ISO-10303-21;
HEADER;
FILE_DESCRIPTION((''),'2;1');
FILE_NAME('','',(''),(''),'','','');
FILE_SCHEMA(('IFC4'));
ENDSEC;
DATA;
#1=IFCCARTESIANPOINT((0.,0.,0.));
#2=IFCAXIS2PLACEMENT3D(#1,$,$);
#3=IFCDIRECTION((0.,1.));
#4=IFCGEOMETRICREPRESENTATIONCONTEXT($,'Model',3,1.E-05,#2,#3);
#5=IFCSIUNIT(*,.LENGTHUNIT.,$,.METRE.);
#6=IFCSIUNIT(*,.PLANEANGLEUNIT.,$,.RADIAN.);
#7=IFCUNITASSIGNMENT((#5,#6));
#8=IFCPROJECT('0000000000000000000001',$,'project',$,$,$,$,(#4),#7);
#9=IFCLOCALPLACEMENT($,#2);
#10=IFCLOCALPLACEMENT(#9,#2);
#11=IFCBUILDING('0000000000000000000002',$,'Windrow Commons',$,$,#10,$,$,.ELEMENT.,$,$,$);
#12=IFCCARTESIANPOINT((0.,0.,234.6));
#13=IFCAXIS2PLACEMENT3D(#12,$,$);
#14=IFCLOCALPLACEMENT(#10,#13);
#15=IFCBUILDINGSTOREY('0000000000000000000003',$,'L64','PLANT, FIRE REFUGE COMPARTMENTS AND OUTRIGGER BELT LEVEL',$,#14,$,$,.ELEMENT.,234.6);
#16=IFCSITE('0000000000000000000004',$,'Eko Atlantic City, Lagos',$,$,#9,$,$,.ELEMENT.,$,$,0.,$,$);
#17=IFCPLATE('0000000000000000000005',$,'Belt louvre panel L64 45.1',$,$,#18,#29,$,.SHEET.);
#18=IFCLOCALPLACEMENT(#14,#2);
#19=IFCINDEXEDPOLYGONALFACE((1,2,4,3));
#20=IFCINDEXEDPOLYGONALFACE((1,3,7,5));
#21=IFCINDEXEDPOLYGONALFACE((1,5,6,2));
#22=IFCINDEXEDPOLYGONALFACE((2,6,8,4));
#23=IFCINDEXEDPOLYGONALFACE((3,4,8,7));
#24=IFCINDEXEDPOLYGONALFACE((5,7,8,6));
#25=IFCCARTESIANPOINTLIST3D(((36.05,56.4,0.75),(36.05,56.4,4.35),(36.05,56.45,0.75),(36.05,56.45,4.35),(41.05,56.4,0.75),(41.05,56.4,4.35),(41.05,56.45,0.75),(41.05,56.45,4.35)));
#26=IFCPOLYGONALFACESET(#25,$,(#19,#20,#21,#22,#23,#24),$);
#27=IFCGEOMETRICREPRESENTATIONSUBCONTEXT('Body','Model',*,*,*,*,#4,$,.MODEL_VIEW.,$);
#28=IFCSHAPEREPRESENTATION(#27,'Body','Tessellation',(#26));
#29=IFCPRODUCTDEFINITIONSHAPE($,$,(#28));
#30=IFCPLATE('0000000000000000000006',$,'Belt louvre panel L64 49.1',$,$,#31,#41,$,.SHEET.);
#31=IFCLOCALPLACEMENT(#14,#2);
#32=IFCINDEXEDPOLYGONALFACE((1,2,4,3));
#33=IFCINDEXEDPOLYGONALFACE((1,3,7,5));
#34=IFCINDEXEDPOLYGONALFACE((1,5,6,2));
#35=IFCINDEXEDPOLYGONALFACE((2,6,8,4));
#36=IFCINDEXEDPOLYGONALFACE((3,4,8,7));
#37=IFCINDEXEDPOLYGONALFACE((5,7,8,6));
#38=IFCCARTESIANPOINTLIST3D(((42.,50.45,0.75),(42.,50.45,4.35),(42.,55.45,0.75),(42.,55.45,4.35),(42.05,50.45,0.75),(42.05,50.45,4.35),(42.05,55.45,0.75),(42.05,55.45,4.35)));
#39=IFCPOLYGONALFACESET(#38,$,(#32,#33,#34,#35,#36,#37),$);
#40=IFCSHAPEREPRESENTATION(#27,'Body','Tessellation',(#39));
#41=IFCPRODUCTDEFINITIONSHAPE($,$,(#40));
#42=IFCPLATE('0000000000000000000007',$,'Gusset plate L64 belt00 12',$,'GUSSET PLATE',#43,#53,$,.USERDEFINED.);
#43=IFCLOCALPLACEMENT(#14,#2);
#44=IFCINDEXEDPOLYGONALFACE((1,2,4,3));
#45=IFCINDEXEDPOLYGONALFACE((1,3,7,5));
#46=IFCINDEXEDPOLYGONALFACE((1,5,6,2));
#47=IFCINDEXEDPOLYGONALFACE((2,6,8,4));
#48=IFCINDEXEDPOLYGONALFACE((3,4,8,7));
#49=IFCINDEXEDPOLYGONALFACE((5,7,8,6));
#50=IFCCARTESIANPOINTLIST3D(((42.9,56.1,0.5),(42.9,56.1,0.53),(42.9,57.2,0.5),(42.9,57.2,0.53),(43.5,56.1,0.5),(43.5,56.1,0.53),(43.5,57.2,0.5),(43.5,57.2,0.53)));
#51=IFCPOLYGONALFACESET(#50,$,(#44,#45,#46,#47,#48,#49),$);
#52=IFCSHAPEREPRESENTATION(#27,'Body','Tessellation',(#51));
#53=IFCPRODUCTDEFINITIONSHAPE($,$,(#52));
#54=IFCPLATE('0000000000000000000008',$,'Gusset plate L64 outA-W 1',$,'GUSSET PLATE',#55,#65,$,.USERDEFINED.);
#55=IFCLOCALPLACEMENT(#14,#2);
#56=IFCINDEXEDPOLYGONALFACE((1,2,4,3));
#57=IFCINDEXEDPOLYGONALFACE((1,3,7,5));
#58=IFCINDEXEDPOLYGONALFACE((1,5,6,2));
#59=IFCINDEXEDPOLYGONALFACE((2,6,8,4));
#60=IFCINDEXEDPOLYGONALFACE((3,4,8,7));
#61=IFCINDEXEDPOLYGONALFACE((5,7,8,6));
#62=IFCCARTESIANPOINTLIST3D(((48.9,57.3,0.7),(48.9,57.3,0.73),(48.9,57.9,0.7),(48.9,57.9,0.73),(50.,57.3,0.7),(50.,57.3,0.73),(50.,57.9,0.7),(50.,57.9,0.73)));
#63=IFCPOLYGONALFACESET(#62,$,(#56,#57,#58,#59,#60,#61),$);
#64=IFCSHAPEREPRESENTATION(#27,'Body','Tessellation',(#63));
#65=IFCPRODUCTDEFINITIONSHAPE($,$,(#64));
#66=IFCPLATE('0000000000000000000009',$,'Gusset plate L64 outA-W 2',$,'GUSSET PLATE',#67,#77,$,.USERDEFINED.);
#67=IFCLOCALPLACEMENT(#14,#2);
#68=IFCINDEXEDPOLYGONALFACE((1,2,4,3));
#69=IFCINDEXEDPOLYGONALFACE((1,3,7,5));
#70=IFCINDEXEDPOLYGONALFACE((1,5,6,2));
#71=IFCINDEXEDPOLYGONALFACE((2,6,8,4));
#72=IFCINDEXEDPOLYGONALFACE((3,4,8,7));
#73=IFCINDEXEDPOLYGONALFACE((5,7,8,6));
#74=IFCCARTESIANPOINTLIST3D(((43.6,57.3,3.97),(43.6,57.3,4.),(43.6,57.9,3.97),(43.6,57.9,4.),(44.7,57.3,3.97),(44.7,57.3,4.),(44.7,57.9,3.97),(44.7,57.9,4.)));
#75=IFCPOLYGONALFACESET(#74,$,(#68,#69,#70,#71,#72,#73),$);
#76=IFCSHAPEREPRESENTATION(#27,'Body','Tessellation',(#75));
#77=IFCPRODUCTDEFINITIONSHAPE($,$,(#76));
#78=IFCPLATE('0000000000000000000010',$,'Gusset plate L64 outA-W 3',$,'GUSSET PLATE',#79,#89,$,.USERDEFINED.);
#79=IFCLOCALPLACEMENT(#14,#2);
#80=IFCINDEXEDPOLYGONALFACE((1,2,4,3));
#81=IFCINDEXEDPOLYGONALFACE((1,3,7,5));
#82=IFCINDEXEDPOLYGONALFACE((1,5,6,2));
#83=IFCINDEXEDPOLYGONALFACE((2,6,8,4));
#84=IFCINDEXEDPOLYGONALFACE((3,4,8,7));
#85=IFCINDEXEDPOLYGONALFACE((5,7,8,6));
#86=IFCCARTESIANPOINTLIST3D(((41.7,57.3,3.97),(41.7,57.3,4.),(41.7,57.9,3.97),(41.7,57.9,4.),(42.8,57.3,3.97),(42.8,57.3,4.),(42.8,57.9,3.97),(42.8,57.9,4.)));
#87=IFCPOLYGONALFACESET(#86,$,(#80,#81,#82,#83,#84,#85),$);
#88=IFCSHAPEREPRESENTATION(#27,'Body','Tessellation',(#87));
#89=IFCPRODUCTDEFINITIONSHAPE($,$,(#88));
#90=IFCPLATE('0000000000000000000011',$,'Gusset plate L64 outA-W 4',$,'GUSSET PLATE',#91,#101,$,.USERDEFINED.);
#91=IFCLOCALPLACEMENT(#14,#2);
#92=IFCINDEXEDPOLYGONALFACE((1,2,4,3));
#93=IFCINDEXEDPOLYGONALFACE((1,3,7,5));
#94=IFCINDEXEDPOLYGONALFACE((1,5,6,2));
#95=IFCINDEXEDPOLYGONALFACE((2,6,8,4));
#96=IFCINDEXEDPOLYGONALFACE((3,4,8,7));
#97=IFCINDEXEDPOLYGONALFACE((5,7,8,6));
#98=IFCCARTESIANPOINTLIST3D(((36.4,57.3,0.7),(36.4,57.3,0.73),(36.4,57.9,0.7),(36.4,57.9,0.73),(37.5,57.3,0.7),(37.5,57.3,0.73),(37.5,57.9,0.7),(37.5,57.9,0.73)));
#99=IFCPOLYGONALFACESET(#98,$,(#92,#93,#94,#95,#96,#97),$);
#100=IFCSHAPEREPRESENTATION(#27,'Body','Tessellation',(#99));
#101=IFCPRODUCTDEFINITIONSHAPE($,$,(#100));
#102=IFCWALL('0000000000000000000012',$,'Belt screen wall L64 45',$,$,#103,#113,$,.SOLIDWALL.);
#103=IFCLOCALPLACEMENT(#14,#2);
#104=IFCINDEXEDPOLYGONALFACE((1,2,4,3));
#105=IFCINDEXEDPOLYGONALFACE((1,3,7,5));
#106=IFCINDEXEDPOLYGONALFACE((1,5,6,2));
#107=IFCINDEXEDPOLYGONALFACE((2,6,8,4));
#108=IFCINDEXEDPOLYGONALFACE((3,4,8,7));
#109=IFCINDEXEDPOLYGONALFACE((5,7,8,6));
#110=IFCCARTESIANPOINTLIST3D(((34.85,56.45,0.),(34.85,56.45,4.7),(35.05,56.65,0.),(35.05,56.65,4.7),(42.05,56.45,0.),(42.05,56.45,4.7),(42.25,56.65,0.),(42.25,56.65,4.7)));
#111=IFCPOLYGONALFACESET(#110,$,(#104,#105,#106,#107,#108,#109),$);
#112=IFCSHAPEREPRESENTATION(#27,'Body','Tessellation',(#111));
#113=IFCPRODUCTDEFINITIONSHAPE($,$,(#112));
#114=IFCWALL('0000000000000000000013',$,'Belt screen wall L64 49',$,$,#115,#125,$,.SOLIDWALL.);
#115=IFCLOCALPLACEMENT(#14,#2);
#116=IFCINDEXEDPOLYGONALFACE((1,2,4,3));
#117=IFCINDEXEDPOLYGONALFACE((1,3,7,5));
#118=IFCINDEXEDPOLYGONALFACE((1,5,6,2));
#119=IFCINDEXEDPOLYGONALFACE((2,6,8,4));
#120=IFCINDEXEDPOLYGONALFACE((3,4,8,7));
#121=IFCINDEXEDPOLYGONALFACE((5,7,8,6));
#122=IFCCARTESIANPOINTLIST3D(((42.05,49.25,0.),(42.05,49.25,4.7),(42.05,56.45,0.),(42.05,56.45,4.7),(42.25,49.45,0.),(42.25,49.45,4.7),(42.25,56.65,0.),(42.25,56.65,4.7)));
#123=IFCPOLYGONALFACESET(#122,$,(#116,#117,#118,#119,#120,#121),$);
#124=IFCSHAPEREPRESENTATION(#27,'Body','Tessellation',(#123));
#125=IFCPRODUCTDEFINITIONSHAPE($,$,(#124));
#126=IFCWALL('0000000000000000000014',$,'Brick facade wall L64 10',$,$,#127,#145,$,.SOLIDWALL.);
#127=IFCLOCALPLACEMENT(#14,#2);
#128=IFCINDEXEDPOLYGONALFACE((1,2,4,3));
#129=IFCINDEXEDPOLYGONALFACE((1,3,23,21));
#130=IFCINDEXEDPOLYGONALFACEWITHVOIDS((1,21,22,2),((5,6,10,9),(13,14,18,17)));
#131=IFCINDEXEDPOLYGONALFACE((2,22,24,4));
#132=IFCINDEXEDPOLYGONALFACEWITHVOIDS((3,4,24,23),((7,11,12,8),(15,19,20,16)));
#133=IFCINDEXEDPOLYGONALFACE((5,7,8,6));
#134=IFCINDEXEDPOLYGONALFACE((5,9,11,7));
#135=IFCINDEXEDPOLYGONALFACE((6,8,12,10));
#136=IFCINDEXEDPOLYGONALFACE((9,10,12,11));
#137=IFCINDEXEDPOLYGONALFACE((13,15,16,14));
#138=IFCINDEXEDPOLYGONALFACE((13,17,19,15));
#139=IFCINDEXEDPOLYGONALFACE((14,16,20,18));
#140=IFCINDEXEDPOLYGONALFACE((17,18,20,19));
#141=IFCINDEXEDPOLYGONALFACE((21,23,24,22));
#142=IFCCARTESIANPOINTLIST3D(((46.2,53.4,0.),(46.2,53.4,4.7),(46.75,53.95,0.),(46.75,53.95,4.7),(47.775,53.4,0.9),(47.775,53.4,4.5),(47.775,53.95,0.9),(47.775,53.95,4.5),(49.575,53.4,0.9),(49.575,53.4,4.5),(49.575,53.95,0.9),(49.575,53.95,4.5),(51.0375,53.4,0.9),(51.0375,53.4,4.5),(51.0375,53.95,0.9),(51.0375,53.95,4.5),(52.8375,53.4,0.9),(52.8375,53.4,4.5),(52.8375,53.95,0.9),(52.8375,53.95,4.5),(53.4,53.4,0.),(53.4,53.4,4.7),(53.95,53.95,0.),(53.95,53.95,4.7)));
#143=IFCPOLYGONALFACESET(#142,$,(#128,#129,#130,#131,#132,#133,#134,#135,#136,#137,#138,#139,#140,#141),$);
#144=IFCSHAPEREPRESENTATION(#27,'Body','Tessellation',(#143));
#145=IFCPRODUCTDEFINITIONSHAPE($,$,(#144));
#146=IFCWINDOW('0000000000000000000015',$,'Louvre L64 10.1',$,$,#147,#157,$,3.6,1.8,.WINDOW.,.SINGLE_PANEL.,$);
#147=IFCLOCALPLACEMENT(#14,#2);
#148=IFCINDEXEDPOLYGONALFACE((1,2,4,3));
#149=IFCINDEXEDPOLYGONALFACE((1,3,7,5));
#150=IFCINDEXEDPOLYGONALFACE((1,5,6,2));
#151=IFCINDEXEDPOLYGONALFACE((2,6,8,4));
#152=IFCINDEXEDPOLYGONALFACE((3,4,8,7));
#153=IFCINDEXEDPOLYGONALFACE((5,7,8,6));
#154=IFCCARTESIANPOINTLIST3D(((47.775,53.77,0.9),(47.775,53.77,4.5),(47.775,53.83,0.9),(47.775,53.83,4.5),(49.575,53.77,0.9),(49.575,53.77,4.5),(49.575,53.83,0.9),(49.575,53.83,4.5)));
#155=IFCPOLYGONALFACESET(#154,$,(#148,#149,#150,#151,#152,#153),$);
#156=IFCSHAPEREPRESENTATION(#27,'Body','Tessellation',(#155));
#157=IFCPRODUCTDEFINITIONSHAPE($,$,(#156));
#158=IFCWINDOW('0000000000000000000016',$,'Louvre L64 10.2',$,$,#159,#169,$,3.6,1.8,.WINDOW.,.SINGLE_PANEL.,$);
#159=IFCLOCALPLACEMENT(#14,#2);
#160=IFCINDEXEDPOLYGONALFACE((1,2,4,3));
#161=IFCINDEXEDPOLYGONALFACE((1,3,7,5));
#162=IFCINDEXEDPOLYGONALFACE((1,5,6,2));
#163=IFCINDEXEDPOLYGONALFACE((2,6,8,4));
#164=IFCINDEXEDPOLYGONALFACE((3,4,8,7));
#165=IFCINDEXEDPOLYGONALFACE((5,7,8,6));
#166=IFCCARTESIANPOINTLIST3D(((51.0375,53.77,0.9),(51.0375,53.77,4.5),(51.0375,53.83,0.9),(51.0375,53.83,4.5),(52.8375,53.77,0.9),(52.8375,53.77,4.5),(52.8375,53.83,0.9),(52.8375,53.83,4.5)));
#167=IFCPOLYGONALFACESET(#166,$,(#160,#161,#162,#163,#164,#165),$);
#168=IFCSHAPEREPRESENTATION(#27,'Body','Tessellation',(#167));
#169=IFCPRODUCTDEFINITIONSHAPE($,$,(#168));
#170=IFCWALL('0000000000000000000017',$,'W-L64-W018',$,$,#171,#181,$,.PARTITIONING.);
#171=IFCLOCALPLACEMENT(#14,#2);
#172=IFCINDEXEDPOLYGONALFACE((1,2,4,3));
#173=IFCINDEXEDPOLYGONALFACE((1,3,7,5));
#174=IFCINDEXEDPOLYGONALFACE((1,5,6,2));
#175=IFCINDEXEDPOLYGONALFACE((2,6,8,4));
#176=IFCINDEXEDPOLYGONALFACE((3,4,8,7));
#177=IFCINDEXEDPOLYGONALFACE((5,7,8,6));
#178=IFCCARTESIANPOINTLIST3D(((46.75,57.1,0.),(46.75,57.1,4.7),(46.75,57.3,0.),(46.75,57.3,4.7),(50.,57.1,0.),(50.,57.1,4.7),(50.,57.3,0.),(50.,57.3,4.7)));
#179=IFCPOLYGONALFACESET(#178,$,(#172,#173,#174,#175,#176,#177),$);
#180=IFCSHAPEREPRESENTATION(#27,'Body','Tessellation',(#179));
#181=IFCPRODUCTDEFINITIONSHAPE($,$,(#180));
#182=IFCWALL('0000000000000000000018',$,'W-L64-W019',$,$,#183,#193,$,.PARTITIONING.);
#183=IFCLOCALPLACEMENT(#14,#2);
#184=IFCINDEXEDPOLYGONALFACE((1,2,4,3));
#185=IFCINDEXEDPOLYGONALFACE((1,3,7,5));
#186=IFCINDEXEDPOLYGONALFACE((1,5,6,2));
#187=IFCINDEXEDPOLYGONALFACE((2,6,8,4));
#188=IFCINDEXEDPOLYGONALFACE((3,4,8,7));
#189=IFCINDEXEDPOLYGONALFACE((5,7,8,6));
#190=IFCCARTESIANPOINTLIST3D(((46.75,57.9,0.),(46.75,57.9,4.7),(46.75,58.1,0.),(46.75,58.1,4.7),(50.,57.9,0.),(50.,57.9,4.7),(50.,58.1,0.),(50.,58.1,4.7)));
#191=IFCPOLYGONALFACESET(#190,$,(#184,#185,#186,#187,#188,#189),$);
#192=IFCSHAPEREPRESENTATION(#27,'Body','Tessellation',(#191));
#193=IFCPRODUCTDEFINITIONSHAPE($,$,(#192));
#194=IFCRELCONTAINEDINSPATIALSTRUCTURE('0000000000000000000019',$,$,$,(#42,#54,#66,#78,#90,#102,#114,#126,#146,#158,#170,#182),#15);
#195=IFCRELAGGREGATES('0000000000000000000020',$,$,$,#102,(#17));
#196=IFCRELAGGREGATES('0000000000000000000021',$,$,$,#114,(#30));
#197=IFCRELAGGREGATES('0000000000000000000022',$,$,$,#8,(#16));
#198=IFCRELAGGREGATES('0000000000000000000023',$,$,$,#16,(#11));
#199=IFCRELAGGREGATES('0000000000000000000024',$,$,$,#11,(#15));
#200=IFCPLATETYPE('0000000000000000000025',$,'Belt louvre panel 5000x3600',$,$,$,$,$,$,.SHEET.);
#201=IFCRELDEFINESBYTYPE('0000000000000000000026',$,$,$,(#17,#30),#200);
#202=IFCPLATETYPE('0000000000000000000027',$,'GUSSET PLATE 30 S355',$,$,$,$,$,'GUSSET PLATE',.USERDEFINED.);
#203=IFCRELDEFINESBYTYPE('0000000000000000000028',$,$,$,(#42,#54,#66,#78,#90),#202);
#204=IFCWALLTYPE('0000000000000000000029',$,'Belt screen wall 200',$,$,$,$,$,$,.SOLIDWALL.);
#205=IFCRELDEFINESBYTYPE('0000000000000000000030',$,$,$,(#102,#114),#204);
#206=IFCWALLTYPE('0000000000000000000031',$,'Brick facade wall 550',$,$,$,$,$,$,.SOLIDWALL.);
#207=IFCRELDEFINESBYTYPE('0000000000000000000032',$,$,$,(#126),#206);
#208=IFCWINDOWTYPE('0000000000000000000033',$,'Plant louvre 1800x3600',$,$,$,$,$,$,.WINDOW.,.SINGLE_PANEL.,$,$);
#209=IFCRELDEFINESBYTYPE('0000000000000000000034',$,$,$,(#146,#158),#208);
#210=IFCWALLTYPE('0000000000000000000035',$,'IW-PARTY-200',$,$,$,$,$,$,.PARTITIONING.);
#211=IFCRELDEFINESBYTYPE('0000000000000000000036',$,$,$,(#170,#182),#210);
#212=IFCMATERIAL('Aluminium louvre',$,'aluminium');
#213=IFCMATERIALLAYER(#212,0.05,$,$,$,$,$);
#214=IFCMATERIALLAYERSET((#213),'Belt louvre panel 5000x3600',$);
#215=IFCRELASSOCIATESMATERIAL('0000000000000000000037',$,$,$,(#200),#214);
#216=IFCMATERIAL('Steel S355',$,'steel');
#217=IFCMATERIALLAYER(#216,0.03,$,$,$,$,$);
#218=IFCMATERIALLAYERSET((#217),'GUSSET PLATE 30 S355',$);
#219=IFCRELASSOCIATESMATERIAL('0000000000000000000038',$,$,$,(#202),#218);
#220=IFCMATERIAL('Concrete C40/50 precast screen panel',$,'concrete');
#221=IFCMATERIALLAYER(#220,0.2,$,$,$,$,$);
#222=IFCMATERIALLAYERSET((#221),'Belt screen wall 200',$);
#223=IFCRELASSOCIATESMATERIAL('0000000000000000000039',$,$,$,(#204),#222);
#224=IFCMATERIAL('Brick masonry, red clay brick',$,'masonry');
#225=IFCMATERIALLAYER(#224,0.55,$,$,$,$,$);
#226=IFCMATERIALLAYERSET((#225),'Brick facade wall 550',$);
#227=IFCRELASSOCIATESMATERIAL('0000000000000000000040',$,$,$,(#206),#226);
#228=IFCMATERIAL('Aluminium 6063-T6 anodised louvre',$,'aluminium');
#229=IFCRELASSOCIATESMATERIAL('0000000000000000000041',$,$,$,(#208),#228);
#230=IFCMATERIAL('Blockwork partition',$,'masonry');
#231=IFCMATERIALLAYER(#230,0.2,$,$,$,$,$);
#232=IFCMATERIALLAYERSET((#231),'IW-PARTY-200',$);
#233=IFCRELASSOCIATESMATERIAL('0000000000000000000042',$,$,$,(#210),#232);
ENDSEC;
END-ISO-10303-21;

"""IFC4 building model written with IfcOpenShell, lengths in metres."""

from ifc_helpers import new_model, si_unit, direction, frame, frame_2d, origin, origin_2d, place, context, subcontext, project, spatial, polyline, rectangle, outline, extrude, material, layer, layer_set, type_object, element, fill, aggregate, save


model = new_model("IFC4")

# Units and contexts
model_context = context("Model", 3, precision=1e-05, world=origin(), true_north=direction((0.0, 1.0)))
body_context = subcontext(model_context, "Body", "Model", "MODEL_VIEW")
ifc_project = project(units=[si_unit("LENGTHUNIT", "METRE"), si_unit("PLANEANGLEUNIT", "RADIAN")], contexts=[model_context])

# Site, building, storey
site_placement = place(None, origin())
site = spatial("IfcSite", under=ifc_project, at=site_placement, Name="Eko Atlantic City, Lagos", CompositionType="ELEMENT", RefElevation=0.0)
building_placement = place(site_placement, origin())
building = spatial("IfcBuilding", under=site, at=building_placement, Name="Windrow Commons", CompositionType="ELEMENT")
storey_placement = place(building_placement, frame((0.0, 0.0, 234.6)))
storey = spatial("IfcBuildingStorey", under=building, at=storey_placement, Name="L64", Description="PLANT, FIRE REFUGE COMPARTMENTS AND OUTRIGGER BELT LEVEL", CompositionType="ELEMENT", Elevation=234.6)

# Plates
ifc_material_1 = material(Name="Aluminium louvre", Category="aluminium")
ifc_layer_1 = layer(ifc_material_1, 0.05)
ifc_layer_set_1 = layer_set([ifc_layer_1], Name="Belt louvre panel 5000x3600")
plate_type_1 = type_object("IfcPlateType", Name="Belt louvre panel 5000x3600", PredefinedType="SHEET", material=ifc_layer_set_1)
plate_1_placement = place(storey_placement, frame((36.05, 56.4, 0.75), z_axis=(0.0, -1.0, 0.0), x_axis=(1.0, 0.0, 0.0)))
plate_1 = element("IfcPlate", 1, at=plate_1_placement, type_object=plate_type_1, Name="Belt louvre panel L64 45.1", PredefinedType="SHEET", context=body_context, shape_type="SweptSolid", body=[
    extrude(outline(polyline([(0.0, 0.0), (5.0, 0.0), (5.0, 3.6), (0.0, 3.6), (0.0, 0.0)])), origin(), (0.0, 0.0, -1.0), 0.05),
])
plate_2_placement = place(storey_placement, frame((42.0, 55.45, 0.75), z_axis=(-1.0, 0.0, 0.0), x_axis=(0.0, -1.0, 0.0)))
plate_2 = element("IfcPlate", 2, at=plate_2_placement, type_object=plate_type_1, Name="Belt louvre panel L64 49.1", PredefinedType="SHEET", context=body_context, shape_type="SweptSolid", body=[
    extrude(outline(polyline([(0.0, 0.0), (5.0, 0.0), (5.0, 3.6), (0.0, 3.6), (0.0, 0.0)])), origin(), (0.0, 0.0, -1.0), 0.05),
])

# Plates
ifc_material_2 = material(Name="Steel S355", Category="steel")
ifc_layer_2 = layer(ifc_material_2, 0.03)
ifc_layer_set_2 = layer_set([ifc_layer_2], Name="GUSSET PLATE 30 S355")
plate_type_2 = type_object("IfcPlateType", Name="GUSSET PLATE 30 S355", ElementType="GUSSET PLATE", PredefinedType="USERDEFINED", material=ifc_layer_set_2)
for number, where, z_axis, x_axis, name in (
    (3, (43.2, 56.65, 0.5), (0.0, 0.0, 1.0), (0.0, 1.0, 0.0), "Gusset plate L64 belt00 12"),
    (4, (49.45, 57.6, 0.7), (0.0, 0.0, 1.0), (-1.0, 0.0, 0.0), "Gusset plate L64 outA-W 1"),
    (5, (44.15, 57.6, 3.97), (0.0, 0.0, 1.0), (-1.0, 0.0, 0.0), "Gusset plate L64 outA-W 2"),
    (6, (42.25, 57.6, 3.97), (0.0, 0.0, 1.0), (-1.0, 0.0, 0.0), "Gusset plate L64 outA-W 3"),
    (7, (36.95, 57.6, 0.7), (0.0, 0.0, 1.0), (-1.0, 0.0, 0.0), "Gusset plate L64 outA-W 4"),
):
    element("IfcPlate", number, at=place(storey_placement, frame(where, z_axis=z_axis, x_axis=x_axis)), inside=storey, type_object=plate_type_2, Name=name, ObjectType="GUSSET PLATE", PredefinedType="USERDEFINED", context=body_context, shape_type="SweptSolid", body=[
        extrude(rectangle(XDim=1.1, YDim=0.6, at=origin_2d()), origin(), (0.0, 0.0, 1.0), 0.03),
    ])

# Walls
ifc_material_3 = material(Name="Concrete C40/50 precast screen panel", Category="concrete")
ifc_layer_3 = layer(ifc_material_3, 0.2)
ifc_layer_set_3 = layer_set([ifc_layer_3], Name="Belt screen wall 200")
wall_type_1 = type_object("IfcWallType", Name="Belt screen wall 200", PredefinedType="SOLIDWALL", material=ifc_layer_set_3)
wall_1_placement = place(storey_placement, frame((34.95, 56.55, 0.0), z_axis=(0.0, 0.0, 1.0), x_axis=(1.0, 0.0, 0.0)))
wall_1 = element("IfcWall", 8, at=wall_1_placement, inside=storey, type_object=wall_type_1, Name="Belt screen wall L64 45", PredefinedType="SOLIDWALL", context=body_context, shape_type="SweptSolid", body=[
    extrude(outline(polyline([(-0.1, -0.1), (7.1, -0.1), (7.3, 0.1), (0.1, 0.1), (-0.1, -0.1)])), origin(), (0.0, 0.0, 1.0), 4.7),
])
aggregate(wall_1, [plate_1])
wall_2_placement = place(storey_placement, frame((42.15, 56.55, 0.0), z_axis=(0.0, 0.0, 1.0), x_axis=(0.0, -1.0, 0.0)))
wall_2 = element("IfcWall", 9, at=wall_2_placement, inside=storey, type_object=wall_type_1, Name="Belt screen wall L64 49", PredefinedType="SOLIDWALL", context=body_context, shape_type="SweptSolid", body=[
    extrude(outline(polyline([(0.1, -0.1), (7.3, -0.1), (7.1, 0.1), (-0.1, 0.1), (0.1, -0.1)])), origin(), (0.0, 0.0, 1.0), 4.7),
])
aggregate(wall_2, [plate_2])

# Wall, openings, windows
ifc_material_4 = material(Name="Brick masonry, red clay brick", Category="masonry")
ifc_layer_4 = layer(ifc_material_4, 0.55)
ifc_layer_set_4 = layer_set([ifc_layer_4], Name="Brick facade wall 550")
wall_type_2 = type_object("IfcWallType", Name="Brick facade wall 550", PredefinedType="SOLIDWALL", material=ifc_layer_set_4)
wall_3_placement = place(storey_placement, frame((46.475, 53.675, 0.0), z_axis=(0.0, 0.0, 1.0), x_axis=(1.0, 0.0, 0.0)))
wall_3 = element("IfcWall", 10, at=wall_3_placement, inside=storey, type_object=wall_type_2, Name="Brick facade wall L64 10", PredefinedType="SOLIDWALL", context=body_context, shape_type="SweptSolid", body=[
    extrude(outline(polyline([(-0.275, -0.275), (6.925, -0.275), (7.475, 0.275), (0.275, 0.275), (-0.275, -0.275)])), origin(), (0.0, 0.0, 1.0), 4.7),
])
opening_1_placement = place(wall_3_placement, frame((1.3, 0.0, 0.9)))
opening_1 = element("IfcOpeningElement", 11, at=opening_1_placement, cuts=wall_3, PredefinedType="OPENING", context=body_context, shape_type="SweptSolid", body=[
    extrude(rectangle(XDim=1.8, YDim=3.6, at=frame_2d((0.9, 1.8))), frame((0.0, 0.285, 0.0), z_axis=(0.0, -1.0, 0.0), x_axis=(1.0, 0.0, 0.0)), (0.0, 0.0, 1.0), 0.57),
])
opening_2_placement = place(wall_3_placement, frame((4.5625, 0.0, 0.9)))
opening_2 = element("IfcOpeningElement", 12, at=opening_2_placement, cuts=wall_3, PredefinedType="OPENING", context=body_context, shape_type="SweptSolid", body=[
    extrude(rectangle(XDim=1.8, YDim=3.6, at=frame_2d((0.9, 1.8))), frame((0.0, 0.285, 0.0), z_axis=(0.0, -1.0, 0.0), x_axis=(1.0, 0.0, 0.0)), (0.0, 0.0, 1.0), 0.57),
])
ifc_material_5 = material(Name="Aluminium 6063-T6 anodised louvre", Category="aluminium")
window_type = type_object("IfcWindowType", Name="Plant louvre 1800x3600", PartitioningType="SINGLE_PANEL", PredefinedType="WINDOW", material=ifc_material_5)
window_1_placement = place(opening_1_placement, origin())
window_1 = element("IfcWindow", 13, at=window_1_placement, inside=storey, type_object=window_type, Name="Louvre L64 10.1", OverallHeight=3.6, OverallWidth=1.8, PartitioningType="SINGLE_PANEL", PredefinedType="WINDOW", context=body_context, shape_type="SweptSolid", body=[
    extrude(rectangle(XDim=1.8, YDim=3.6, at=frame_2d((0.9, 1.8))), frame((0.0, 0.155, 0.0), z_axis=(0.0, -1.0, 0.0), x_axis=(1.0, 0.0, 0.0)), (0.0, 0.0, 1.0), 0.06),
])
fill(opening_1, window_1)
window_2_placement = place(opening_2_placement, origin())
window_2 = element("IfcWindow", 14, at=window_2_placement, inside=storey, type_object=window_type, Name="Louvre L64 10.2", OverallHeight=3.6, OverallWidth=1.8, PartitioningType="SINGLE_PANEL", PredefinedType="WINDOW", context=body_context, shape_type="SweptSolid", body=[
    extrude(rectangle(XDim=1.8, YDim=3.6, at=frame_2d((0.9, 1.8))), frame((0.0, 0.155, 0.0), z_axis=(0.0, -1.0, 0.0), x_axis=(1.0, 0.0, 0.0)), (0.0, 0.0, 1.0), 0.06),
])
fill(opening_2, window_2)

# Walls
ifc_material_6 = material(Name="Blockwork partition", Category="masonry")
ifc_layer_5 = layer(ifc_material_6, 0.2)
ifc_layer_set_5 = layer_set([ifc_layer_5], Name="IW-PARTY-200")
wall_type_3 = type_object("IfcWallType", Name="IW-PARTY-200", PredefinedType="PARTITIONING", material=ifc_layer_set_5)
for number, where, z_axis, x_axis, name in (
    (15, (46.75, 57.2, 0.0), (0.0, 0.0, 1.0), (1.0, 0.0, 0.0), "W-L64-W018"),
    (16, (46.75, 58.0, 0.0), (0.0, 0.0, 1.0), (1.0, 0.0, 0.0), "W-L64-W019"),
):
    element("IfcWall", number, at=place(storey_placement, frame(where, z_axis=z_axis, x_axis=x_axis)), inside=storey, type_object=wall_type_3, Name=name, PredefinedType="PARTITIONING", context=body_context, shape_type="SweptSolid", body=[
        extrude(rectangle(XDim=3.25, YDim=0.2, at=frame_2d((1.625, 0.0))), origin(), (0.0, 0.0, 1.0), 4.7),
    ])

save(model, "model.ifc")
